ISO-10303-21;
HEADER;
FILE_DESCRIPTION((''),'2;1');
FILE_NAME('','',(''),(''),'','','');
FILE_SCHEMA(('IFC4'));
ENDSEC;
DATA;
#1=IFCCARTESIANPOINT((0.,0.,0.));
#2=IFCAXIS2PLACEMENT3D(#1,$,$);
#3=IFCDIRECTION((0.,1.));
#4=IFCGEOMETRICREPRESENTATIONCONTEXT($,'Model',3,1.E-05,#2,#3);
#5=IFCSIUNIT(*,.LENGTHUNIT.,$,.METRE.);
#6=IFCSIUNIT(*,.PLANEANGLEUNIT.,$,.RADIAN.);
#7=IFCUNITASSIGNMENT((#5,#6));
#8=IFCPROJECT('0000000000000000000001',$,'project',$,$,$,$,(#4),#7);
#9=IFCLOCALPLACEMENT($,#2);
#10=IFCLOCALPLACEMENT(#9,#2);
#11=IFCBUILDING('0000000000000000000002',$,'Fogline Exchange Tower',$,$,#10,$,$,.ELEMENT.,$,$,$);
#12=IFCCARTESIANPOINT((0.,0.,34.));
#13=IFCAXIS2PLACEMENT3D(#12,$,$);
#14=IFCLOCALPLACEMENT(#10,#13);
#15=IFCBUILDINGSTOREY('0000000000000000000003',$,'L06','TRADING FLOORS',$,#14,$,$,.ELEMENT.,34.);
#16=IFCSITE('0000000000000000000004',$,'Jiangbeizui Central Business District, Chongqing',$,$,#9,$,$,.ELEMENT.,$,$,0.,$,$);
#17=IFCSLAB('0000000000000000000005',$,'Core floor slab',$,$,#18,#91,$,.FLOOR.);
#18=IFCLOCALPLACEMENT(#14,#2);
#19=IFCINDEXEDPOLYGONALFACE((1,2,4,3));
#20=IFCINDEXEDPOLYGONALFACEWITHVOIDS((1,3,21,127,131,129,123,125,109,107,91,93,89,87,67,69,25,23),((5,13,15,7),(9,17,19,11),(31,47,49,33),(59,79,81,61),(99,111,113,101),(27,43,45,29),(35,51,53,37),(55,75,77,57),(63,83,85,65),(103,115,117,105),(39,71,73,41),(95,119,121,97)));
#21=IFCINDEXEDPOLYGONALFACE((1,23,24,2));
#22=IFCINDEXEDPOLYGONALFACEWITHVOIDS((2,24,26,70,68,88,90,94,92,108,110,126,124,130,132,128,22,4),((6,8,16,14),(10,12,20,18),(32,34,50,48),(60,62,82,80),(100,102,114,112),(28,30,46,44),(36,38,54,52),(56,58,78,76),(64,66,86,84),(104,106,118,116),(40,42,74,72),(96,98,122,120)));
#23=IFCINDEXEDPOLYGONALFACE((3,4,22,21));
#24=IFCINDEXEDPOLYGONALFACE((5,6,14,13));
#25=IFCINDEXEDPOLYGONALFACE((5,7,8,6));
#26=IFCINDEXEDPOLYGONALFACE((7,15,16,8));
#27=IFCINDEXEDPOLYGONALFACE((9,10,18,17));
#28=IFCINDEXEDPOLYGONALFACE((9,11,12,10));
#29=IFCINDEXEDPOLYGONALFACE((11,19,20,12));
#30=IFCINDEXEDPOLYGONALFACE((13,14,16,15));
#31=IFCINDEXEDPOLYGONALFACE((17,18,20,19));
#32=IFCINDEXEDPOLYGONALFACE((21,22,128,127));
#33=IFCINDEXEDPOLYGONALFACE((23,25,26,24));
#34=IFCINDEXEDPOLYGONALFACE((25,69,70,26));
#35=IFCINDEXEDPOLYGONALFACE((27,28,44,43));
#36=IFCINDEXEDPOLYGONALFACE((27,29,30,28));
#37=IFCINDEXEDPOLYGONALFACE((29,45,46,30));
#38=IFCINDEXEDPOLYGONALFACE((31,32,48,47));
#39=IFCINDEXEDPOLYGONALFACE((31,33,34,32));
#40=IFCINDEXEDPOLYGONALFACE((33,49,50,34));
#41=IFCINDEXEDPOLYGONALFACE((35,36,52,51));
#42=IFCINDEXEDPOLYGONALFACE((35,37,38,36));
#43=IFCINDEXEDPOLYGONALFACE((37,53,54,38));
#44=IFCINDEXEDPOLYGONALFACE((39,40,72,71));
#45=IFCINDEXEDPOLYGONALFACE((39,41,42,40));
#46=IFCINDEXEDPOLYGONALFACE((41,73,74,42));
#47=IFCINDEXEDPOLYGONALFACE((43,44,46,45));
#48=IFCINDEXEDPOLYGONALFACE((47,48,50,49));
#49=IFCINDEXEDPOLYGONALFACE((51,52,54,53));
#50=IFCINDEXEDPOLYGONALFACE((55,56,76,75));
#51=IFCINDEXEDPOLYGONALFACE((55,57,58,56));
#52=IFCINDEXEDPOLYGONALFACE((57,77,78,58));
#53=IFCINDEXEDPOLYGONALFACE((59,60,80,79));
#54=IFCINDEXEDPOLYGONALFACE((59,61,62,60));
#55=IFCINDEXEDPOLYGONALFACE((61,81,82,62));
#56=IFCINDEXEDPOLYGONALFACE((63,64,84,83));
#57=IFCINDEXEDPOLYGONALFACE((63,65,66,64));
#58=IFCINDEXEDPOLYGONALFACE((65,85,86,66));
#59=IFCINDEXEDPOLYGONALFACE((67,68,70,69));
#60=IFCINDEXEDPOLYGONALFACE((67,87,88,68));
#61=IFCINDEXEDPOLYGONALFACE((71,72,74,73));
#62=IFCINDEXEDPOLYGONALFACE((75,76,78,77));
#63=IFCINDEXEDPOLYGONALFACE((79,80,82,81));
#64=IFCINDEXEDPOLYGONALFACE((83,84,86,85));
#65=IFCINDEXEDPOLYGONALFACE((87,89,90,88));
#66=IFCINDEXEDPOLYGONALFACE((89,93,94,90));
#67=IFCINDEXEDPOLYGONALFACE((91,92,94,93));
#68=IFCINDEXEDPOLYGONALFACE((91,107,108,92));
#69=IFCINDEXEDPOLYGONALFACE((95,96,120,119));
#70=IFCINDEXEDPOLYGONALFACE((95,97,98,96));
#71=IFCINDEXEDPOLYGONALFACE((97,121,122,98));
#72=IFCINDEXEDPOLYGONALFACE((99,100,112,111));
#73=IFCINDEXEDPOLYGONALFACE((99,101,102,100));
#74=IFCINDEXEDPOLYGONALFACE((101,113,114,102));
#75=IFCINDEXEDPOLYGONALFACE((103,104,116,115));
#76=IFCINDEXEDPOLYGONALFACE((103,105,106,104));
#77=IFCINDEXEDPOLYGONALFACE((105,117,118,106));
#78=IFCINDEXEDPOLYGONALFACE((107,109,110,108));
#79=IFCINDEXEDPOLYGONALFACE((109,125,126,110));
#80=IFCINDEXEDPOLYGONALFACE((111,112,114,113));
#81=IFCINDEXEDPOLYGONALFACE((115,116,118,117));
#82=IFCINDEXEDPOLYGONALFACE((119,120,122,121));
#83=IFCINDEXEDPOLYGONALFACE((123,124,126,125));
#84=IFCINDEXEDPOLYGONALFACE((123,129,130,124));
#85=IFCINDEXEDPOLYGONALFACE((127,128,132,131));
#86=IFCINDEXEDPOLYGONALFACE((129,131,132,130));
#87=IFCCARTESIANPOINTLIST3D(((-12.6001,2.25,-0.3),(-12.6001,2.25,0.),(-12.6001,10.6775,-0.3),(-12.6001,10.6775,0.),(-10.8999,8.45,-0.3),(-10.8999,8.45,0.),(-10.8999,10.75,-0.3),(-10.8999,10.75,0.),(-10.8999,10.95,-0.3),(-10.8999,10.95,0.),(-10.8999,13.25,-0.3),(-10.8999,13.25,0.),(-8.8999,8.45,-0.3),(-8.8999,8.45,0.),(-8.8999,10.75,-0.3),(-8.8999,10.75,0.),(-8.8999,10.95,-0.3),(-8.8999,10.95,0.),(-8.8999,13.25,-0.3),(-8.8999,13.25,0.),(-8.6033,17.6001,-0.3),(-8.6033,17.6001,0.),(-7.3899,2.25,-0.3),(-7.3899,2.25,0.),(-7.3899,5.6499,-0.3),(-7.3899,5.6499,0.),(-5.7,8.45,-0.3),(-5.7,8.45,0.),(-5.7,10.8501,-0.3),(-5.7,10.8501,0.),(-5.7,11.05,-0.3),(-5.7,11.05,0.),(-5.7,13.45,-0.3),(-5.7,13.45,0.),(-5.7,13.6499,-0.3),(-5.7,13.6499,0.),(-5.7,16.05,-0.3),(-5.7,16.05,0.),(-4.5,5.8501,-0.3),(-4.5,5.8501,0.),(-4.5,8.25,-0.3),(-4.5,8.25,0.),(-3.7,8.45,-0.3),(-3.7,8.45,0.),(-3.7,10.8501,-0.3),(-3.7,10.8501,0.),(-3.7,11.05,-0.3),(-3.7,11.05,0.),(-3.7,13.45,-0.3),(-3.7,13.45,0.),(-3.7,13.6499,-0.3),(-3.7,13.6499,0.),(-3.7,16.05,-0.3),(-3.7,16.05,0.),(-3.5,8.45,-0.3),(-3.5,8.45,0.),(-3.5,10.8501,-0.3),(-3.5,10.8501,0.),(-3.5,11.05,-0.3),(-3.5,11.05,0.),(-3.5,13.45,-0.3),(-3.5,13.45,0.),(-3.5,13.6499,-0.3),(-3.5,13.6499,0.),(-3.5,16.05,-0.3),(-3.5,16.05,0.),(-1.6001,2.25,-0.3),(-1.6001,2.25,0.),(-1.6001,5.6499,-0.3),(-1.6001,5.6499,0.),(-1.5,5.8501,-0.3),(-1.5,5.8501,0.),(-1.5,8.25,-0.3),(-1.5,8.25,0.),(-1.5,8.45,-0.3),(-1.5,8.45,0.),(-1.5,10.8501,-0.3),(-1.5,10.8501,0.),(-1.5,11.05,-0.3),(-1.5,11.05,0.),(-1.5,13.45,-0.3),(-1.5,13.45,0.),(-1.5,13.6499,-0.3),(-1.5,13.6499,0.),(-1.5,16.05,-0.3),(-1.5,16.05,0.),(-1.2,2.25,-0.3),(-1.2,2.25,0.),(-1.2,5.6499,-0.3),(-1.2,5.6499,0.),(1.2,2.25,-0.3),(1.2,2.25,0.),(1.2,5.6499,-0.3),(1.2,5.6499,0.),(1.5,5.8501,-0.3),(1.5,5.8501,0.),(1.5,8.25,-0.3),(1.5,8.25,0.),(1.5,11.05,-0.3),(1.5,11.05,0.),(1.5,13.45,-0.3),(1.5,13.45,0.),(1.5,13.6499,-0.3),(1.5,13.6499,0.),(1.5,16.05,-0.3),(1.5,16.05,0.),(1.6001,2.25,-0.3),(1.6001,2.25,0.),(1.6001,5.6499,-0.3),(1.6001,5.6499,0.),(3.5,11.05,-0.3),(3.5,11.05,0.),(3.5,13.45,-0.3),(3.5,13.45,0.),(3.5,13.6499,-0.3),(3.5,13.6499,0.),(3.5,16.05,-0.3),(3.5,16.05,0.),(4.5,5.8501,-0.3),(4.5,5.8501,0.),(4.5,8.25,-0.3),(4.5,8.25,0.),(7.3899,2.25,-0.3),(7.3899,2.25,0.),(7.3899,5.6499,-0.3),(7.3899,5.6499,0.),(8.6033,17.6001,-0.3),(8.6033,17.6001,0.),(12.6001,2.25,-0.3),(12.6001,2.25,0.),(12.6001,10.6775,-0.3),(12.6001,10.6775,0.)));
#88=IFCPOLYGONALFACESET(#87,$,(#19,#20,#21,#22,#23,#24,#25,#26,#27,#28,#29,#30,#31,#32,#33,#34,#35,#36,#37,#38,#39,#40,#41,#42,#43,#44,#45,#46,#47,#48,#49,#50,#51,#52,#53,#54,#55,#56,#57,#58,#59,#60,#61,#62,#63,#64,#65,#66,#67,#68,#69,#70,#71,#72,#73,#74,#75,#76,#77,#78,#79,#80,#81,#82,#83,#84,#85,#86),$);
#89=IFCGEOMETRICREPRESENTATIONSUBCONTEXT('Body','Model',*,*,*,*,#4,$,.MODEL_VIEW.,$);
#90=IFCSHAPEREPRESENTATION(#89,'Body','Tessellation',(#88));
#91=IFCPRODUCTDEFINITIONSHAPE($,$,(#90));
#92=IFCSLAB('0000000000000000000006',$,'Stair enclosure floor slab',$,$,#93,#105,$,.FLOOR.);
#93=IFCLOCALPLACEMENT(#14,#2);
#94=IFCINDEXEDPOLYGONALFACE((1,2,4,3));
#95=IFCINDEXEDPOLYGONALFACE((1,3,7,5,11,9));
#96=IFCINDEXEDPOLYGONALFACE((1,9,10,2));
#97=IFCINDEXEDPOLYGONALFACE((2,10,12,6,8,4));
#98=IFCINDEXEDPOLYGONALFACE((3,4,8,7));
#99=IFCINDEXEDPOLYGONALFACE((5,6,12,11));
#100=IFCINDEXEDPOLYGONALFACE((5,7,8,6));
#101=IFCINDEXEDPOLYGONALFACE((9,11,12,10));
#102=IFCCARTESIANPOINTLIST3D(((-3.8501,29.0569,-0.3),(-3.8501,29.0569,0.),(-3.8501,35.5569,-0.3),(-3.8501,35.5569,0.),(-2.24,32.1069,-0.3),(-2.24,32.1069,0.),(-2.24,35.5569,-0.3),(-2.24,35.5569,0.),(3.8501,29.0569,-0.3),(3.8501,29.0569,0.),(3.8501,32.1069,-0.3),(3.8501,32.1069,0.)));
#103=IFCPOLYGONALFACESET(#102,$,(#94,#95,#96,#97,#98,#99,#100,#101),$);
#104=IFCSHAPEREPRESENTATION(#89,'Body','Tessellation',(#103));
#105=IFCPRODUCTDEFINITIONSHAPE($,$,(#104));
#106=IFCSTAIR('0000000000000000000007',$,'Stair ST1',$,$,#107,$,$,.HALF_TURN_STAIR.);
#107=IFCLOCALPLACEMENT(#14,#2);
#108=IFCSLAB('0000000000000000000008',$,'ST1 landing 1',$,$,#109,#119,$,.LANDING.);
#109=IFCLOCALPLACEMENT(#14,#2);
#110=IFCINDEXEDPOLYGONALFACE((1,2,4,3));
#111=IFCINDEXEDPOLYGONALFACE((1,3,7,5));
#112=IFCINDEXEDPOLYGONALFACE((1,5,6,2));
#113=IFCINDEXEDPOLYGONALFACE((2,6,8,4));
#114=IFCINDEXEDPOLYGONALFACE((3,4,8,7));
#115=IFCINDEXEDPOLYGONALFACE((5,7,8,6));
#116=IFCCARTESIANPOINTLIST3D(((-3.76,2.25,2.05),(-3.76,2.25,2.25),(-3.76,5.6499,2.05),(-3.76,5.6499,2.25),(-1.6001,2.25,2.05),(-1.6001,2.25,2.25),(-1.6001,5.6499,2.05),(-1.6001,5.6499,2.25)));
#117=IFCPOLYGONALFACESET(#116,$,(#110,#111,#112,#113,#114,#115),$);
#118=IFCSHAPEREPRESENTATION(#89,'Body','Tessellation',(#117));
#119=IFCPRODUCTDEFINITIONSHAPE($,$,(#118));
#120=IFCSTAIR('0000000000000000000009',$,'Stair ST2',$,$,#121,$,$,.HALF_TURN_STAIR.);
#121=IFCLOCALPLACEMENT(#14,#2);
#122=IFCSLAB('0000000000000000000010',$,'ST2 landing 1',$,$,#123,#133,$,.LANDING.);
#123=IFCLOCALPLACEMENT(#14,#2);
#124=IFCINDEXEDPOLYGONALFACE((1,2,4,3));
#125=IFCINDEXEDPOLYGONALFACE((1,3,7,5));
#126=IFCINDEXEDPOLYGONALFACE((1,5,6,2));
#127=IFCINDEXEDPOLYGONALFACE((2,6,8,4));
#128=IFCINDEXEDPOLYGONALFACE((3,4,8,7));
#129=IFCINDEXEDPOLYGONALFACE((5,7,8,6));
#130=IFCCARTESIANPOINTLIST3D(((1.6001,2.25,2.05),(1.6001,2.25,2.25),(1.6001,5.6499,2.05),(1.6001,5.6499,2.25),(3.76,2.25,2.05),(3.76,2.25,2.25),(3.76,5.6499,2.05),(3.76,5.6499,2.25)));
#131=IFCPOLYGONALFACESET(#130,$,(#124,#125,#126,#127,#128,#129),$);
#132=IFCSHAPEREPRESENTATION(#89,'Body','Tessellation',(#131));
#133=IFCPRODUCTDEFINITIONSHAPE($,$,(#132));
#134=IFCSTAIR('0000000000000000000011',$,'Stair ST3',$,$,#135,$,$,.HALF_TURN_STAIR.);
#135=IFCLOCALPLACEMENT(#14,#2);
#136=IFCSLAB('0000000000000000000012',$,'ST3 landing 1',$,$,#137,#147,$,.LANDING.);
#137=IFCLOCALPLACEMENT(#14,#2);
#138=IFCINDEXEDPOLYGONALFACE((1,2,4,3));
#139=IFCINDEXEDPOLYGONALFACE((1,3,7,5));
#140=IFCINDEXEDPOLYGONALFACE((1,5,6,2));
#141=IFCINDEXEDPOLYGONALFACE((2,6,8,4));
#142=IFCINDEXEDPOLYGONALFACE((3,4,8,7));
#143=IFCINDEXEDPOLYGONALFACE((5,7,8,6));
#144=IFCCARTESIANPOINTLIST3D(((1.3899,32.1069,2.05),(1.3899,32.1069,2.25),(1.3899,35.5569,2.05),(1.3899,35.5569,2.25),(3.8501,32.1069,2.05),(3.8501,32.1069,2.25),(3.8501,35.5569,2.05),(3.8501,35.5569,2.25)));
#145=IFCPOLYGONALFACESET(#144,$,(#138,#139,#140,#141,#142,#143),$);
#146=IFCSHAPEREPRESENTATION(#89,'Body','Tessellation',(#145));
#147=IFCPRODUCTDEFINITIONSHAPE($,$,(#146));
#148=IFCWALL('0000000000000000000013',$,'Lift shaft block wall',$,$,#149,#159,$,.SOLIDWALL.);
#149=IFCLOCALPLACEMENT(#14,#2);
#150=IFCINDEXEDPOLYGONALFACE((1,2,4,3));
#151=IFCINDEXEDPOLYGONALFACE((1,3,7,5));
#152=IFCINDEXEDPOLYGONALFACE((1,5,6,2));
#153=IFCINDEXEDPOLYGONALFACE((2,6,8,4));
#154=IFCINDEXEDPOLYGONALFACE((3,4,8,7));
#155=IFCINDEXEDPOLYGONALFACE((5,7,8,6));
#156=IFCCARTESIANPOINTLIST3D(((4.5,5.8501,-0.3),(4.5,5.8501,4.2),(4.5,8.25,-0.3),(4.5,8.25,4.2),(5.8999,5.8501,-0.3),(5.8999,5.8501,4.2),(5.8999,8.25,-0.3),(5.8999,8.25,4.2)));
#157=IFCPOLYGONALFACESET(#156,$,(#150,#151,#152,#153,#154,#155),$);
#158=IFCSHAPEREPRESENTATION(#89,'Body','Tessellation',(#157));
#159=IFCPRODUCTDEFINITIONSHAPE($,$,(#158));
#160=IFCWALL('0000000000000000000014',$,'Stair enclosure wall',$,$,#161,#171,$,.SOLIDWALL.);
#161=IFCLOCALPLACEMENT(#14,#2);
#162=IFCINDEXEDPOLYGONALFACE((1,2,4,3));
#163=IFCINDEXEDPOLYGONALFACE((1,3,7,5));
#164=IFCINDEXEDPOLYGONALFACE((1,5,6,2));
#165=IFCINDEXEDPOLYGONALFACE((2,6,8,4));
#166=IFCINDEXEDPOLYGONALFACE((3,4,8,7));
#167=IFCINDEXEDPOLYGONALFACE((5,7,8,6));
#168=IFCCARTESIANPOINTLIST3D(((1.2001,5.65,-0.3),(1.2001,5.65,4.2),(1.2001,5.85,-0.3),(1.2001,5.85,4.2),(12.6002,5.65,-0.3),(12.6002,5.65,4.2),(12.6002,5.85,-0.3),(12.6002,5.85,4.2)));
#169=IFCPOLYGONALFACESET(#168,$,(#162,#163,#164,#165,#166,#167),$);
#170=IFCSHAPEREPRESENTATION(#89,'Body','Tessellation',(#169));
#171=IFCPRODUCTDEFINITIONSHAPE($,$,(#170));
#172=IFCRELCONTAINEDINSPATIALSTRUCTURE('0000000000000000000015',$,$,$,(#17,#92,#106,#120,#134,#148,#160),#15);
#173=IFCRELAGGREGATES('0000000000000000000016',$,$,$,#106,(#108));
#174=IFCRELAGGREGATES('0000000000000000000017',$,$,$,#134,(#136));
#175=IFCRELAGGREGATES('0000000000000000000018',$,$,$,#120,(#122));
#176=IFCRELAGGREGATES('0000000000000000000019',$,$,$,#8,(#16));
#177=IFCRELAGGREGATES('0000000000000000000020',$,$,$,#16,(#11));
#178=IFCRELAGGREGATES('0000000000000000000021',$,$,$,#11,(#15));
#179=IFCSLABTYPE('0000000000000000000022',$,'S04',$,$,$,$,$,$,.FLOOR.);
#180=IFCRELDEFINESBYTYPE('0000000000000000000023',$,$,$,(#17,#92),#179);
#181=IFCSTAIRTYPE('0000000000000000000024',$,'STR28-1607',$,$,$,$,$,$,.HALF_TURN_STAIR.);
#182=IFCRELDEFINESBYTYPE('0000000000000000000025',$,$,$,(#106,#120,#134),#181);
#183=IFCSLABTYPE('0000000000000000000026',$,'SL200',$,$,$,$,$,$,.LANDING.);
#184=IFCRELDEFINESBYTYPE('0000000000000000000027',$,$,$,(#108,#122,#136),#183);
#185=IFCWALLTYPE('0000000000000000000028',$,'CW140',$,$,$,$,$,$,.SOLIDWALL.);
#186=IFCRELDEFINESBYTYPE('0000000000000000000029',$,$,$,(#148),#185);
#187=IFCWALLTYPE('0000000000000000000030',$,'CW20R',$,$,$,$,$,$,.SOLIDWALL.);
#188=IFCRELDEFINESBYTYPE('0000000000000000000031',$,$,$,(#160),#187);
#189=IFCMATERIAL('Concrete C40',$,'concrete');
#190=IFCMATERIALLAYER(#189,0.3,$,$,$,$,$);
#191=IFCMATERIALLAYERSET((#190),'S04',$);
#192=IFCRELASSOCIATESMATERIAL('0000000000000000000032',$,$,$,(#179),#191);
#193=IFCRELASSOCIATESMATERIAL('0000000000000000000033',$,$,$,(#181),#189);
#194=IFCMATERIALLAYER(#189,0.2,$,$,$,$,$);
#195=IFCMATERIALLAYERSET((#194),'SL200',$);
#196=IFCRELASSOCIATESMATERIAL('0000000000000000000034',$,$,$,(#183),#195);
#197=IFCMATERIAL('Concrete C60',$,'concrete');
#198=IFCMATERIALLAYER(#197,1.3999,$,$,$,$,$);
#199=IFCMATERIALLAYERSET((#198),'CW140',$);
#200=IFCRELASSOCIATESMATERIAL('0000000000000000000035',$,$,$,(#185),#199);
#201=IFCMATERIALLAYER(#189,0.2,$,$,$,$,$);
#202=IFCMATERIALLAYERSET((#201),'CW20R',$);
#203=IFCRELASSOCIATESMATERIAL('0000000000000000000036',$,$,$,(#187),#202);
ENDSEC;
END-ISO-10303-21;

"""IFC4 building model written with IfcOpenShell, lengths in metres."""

from ifc_helpers import new_model, si_unit, direction, frame, frame_2d, origin, place, context, subcontext, project, spatial, polyline, rectangle, outline, extrude, material, layer, layer_set, type_object, element, aggregate, save


model = new_model("IFC4")

# Units and contexts
model_context = context("Model", 3, precision=1e-05, world=origin(), true_north=direction((0.0, 1.0)))
body_context = subcontext(model_context, "Body", "Model", "MODEL_VIEW")
ifc_project = project(units=[si_unit("LENGTHUNIT", "METRE"), si_unit("PLANEANGLEUNIT", "RADIAN")], contexts=[model_context])

# Site, building, storey
site_placement = place(None, origin())
site = spatial("IfcSite", under=ifc_project, at=site_placement, Name="Jiangbeizui Central Business District, Chongqing", CompositionType="ELEMENT", RefElevation=0.0)
building_placement = place(site_placement, origin())
building = spatial("IfcBuilding", under=site, at=building_placement, Name="Fogline Exchange Tower", CompositionType="ELEMENT")
storey_placement = place(building_placement, frame((0.0, 0.0, 34.0)))
storey = spatial("IfcBuildingStorey", under=building, at=storey_placement, Name="L06", Description="TRADING FLOORS", CompositionType="ELEMENT", Elevation=34.0)

# Slabs
ifc_material_1 = material(Name="Concrete C40", Category="concrete")
ifc_layer_1 = layer(ifc_material_1, 0.3)
ifc_layer_set_1 = layer_set([ifc_layer_1], Name="S04")
slab_type_1 = type_object("IfcSlabType", Name="S04", PredefinedType="FLOOR", material=ifc_layer_set_1)
slab_1_placement = place(storey_placement, frame((0.0, 0.0, -0.3)))
element("IfcSlab", 1, at=slab_1_placement, inside=storey, type_object=slab_type_1, Name="Core floor slab", PredefinedType="FLOOR", context=body_context, shape_type="SweptSolid", body=[
    extrude(outline(polyline([(-12.6001, 2.25), (-12.6001, 10.6775), (-8.6033, 17.6001), (8.6033, 17.6001), (12.6001, 10.6775), (12.6001, 2.25), (7.3899, 2.25), (7.3899, 5.6499), (1.6001, 5.6499), (1.6001, 2.25), (1.2, 2.25), (1.2, 5.6499), (-1.2, 5.6499), (-1.2, 2.25), (-1.6001, 2.25), (-1.6001, 5.6499), (-7.3899, 5.6499), (-7.3899, 2.25), (-12.6001, 2.25)]), holes=[polyline([(-1.5, 8.25), (-4.5, 8.25), (-4.5, 5.8501), (-1.5, 5.8501), (-1.5, 8.25)]), polyline([(-8.8999, 10.75), (-10.8999, 10.75), (-10.8999, 8.45), (-8.8999, 8.45), (-8.8999, 10.75)]), polyline([(-3.7, 10.8501), (-5.7, 10.8501), (-5.7, 8.45), (-3.7, 8.45), (-3.7, 10.8501)]), polyline([(-1.5, 10.8501), (-3.5, 10.8501), (-3.5, 8.45), (-1.5, 8.45), (-1.5, 10.8501)]), polyline([(-8.8999, 13.25), (-10.8999, 13.25), (-10.8999, 10.95), (-8.8999, 10.95), (-8.8999, 13.25)]), polyline([(-3.7, 13.45), (-5.7, 13.45), (-5.7, 11.05), (-3.7, 11.05), (-3.7, 13.45)]), polyline([(-3.7, 16.05), (-5.7, 16.05), (-5.7, 13.6499), (-3.7, 13.6499), (-3.7, 16.05)]), polyline([(4.5, 8.25), (1.5, 8.25), (1.5, 5.8501), (4.5, 5.8501), (4.5, 8.25)]), polyline([(-1.5, 13.45), (-3.5, 13.45), (-3.5, 11.05), (-1.5, 11.05), (-1.5, 13.45)]), polyline([(3.5, 13.45), (1.5, 13.45), (1.5, 11.05), (3.5, 11.05), (3.5, 13.45)]), polyline([(-1.5, 16.05), (-3.5, 16.05), (-3.5, 13.6499), (-1.5, 13.6499), (-1.5, 16.05)]), polyline([(3.5, 16.05), (1.5, 16.05), (1.5, 13.6499), (3.5, 13.6499), (3.5, 16.05)])]), origin(), (0.0, 0.0, 1.0), 0.3),
])
slab_2_placement = place(storey_placement, frame((0.0, 0.0, -0.3)))
element("IfcSlab", 2, at=slab_2_placement, inside=storey, type_object=slab_type_1, Name="Stair enclosure floor slab", PredefinedType="FLOOR", context=body_context, shape_type="SweptSolid", body=[
    extrude(outline(polyline([(3.8501, 29.0569), (-3.8501, 29.0569), (-3.8501, 35.5569), (-2.24, 35.5569), (-2.24, 32.1069), (3.8501, 32.1069), (3.8501, 29.0569)])), origin(), (0.0, 0.0, 1.0), 0.3),
])

# Stairs, slabs
stair_type = type_object("IfcStairType", Name="STR28-1607", PredefinedType="HALF_TURN_STAIR", material=ifc_material_1)
stair_1_placement = place(storey_placement, origin())
stair_1 = element("IfcStair", 3, at=stair_1_placement, inside=storey, type_object=stair_type, Name="Stair ST1", PredefinedType="HALF_TURN_STAIR")
ifc_layer_2 = layer(ifc_material_1, 0.2)
ifc_layer_set_2 = layer_set([ifc_layer_2], Name="SL200")
slab_type_2 = type_object("IfcSlabType", Name="SL200", PredefinedType="LANDING", material=ifc_layer_set_2)
slab_3_placement = place(storey_placement, frame((0.0, 0.0, 2.05)))
slab_3 = element("IfcSlab", 4, at=slab_3_placement, type_object=slab_type_2, Name="ST1 landing 1", PredefinedType="LANDING", context=body_context, shape_type="SweptSolid", body=[
    extrude(outline(polyline([(-3.76, 2.25), (-1.6001, 2.25), (-1.6001, 5.6499), (-3.76, 5.6499), (-3.76, 2.25)])), origin(), (0.0, 0.0, 1.0), 0.2),
])
aggregate(stair_1, [slab_3])
stair_2_placement = place(storey_placement, origin())
stair_2 = element("IfcStair", 5, at=stair_2_placement, inside=storey, type_object=stair_type, Name="Stair ST2", PredefinedType="HALF_TURN_STAIR")
slab_4_placement = place(storey_placement, frame((0.0, 0.0, 2.05)))
slab_4 = element("IfcSlab", 6, at=slab_4_placement, type_object=slab_type_2, Name="ST2 landing 1", PredefinedType="LANDING", context=body_context, shape_type="SweptSolid", body=[
    extrude(outline(polyline([(1.6001, 2.25), (3.76, 2.25), (3.76, 5.6499), (1.6001, 5.6499), (1.6001, 2.25)])), origin(), (0.0, 0.0, 1.0), 0.2),
])
stair_3_placement = place(storey_placement, origin())
stair_3 = element("IfcStair", 7, at=stair_3_placement, inside=storey, type_object=stair_type, Name="Stair ST3", PredefinedType="HALF_TURN_STAIR")
slab_5_placement = place(storey_placement, frame((0.0, 0.0, 2.05)))
slab_5 = element("IfcSlab", 8, at=slab_5_placement, type_object=slab_type_2, Name="ST3 landing 1", PredefinedType="LANDING", context=body_context, shape_type="SweptSolid", body=[
    extrude(outline(polyline([(1.3899, 32.1069), (3.8501, 32.1069), (3.8501, 35.5569), (1.3899, 35.5569), (1.3899, 32.1069)])), origin(), (0.0, 0.0, 1.0), 0.2),
])
aggregate(stair_3, [slab_5])

# Walls
ifc_material_2 = material(Name="Concrete C60", Category="concrete")
ifc_layer_3 = layer(ifc_material_2, 1.3999)
ifc_layer_set_3 = layer_set([ifc_layer_3], Name="CW140")
wall_type_1 = type_object("IfcWallType", Name="CW140", PredefinedType="SOLIDWALL", material=ifc_layer_set_3)
wall_1_placement = place(storey_placement, frame((5.2, 5.8501, -0.3), z_axis=(0.0, 0.0, 1.0), x_axis=(0.0, 1.0, 0.0)))
element("IfcWall", 9, at=wall_1_placement, inside=storey, type_object=wall_type_1, Name="Lift shaft block wall", PredefinedType="SOLIDWALL", context=body_context, shape_type="SweptSolid", body=[
    extrude(rectangle(XDim=2.3999, YDim=1.3999, at=frame_2d((1.2, 0.0))), origin(), (0.0, 0.0, 1.0), 4.5),
])
ifc_layer_4 = layer(ifc_material_1, 0.2)
ifc_layer_set_4 = layer_set([ifc_layer_4], Name="CW20R")
wall_type_2 = type_object("IfcWallType", Name="CW20R", PredefinedType="SOLIDWALL", material=ifc_layer_set_4)
wall_2_placement = place(storey_placement, frame((1.2, 5.75, -0.3), z_axis=(0.0, 0.0, 1.0), x_axis=(1.0, 0.0, 0.0)))
element("IfcWall", 10, at=wall_2_placement, inside=storey, type_object=wall_type_2, Name="Stair enclosure wall", PredefinedType="SOLIDWALL", context=body_context, shape_type="SweptSolid", body=[
    extrude(rectangle(XDim=11.4001, YDim=0.2, at=frame_2d((5.7002, 0.0))), origin(), (0.0, 0.0, 1.0), 4.5),
])

aggregate(stair_2, [slab_4])

save(model, "model.ifc")
